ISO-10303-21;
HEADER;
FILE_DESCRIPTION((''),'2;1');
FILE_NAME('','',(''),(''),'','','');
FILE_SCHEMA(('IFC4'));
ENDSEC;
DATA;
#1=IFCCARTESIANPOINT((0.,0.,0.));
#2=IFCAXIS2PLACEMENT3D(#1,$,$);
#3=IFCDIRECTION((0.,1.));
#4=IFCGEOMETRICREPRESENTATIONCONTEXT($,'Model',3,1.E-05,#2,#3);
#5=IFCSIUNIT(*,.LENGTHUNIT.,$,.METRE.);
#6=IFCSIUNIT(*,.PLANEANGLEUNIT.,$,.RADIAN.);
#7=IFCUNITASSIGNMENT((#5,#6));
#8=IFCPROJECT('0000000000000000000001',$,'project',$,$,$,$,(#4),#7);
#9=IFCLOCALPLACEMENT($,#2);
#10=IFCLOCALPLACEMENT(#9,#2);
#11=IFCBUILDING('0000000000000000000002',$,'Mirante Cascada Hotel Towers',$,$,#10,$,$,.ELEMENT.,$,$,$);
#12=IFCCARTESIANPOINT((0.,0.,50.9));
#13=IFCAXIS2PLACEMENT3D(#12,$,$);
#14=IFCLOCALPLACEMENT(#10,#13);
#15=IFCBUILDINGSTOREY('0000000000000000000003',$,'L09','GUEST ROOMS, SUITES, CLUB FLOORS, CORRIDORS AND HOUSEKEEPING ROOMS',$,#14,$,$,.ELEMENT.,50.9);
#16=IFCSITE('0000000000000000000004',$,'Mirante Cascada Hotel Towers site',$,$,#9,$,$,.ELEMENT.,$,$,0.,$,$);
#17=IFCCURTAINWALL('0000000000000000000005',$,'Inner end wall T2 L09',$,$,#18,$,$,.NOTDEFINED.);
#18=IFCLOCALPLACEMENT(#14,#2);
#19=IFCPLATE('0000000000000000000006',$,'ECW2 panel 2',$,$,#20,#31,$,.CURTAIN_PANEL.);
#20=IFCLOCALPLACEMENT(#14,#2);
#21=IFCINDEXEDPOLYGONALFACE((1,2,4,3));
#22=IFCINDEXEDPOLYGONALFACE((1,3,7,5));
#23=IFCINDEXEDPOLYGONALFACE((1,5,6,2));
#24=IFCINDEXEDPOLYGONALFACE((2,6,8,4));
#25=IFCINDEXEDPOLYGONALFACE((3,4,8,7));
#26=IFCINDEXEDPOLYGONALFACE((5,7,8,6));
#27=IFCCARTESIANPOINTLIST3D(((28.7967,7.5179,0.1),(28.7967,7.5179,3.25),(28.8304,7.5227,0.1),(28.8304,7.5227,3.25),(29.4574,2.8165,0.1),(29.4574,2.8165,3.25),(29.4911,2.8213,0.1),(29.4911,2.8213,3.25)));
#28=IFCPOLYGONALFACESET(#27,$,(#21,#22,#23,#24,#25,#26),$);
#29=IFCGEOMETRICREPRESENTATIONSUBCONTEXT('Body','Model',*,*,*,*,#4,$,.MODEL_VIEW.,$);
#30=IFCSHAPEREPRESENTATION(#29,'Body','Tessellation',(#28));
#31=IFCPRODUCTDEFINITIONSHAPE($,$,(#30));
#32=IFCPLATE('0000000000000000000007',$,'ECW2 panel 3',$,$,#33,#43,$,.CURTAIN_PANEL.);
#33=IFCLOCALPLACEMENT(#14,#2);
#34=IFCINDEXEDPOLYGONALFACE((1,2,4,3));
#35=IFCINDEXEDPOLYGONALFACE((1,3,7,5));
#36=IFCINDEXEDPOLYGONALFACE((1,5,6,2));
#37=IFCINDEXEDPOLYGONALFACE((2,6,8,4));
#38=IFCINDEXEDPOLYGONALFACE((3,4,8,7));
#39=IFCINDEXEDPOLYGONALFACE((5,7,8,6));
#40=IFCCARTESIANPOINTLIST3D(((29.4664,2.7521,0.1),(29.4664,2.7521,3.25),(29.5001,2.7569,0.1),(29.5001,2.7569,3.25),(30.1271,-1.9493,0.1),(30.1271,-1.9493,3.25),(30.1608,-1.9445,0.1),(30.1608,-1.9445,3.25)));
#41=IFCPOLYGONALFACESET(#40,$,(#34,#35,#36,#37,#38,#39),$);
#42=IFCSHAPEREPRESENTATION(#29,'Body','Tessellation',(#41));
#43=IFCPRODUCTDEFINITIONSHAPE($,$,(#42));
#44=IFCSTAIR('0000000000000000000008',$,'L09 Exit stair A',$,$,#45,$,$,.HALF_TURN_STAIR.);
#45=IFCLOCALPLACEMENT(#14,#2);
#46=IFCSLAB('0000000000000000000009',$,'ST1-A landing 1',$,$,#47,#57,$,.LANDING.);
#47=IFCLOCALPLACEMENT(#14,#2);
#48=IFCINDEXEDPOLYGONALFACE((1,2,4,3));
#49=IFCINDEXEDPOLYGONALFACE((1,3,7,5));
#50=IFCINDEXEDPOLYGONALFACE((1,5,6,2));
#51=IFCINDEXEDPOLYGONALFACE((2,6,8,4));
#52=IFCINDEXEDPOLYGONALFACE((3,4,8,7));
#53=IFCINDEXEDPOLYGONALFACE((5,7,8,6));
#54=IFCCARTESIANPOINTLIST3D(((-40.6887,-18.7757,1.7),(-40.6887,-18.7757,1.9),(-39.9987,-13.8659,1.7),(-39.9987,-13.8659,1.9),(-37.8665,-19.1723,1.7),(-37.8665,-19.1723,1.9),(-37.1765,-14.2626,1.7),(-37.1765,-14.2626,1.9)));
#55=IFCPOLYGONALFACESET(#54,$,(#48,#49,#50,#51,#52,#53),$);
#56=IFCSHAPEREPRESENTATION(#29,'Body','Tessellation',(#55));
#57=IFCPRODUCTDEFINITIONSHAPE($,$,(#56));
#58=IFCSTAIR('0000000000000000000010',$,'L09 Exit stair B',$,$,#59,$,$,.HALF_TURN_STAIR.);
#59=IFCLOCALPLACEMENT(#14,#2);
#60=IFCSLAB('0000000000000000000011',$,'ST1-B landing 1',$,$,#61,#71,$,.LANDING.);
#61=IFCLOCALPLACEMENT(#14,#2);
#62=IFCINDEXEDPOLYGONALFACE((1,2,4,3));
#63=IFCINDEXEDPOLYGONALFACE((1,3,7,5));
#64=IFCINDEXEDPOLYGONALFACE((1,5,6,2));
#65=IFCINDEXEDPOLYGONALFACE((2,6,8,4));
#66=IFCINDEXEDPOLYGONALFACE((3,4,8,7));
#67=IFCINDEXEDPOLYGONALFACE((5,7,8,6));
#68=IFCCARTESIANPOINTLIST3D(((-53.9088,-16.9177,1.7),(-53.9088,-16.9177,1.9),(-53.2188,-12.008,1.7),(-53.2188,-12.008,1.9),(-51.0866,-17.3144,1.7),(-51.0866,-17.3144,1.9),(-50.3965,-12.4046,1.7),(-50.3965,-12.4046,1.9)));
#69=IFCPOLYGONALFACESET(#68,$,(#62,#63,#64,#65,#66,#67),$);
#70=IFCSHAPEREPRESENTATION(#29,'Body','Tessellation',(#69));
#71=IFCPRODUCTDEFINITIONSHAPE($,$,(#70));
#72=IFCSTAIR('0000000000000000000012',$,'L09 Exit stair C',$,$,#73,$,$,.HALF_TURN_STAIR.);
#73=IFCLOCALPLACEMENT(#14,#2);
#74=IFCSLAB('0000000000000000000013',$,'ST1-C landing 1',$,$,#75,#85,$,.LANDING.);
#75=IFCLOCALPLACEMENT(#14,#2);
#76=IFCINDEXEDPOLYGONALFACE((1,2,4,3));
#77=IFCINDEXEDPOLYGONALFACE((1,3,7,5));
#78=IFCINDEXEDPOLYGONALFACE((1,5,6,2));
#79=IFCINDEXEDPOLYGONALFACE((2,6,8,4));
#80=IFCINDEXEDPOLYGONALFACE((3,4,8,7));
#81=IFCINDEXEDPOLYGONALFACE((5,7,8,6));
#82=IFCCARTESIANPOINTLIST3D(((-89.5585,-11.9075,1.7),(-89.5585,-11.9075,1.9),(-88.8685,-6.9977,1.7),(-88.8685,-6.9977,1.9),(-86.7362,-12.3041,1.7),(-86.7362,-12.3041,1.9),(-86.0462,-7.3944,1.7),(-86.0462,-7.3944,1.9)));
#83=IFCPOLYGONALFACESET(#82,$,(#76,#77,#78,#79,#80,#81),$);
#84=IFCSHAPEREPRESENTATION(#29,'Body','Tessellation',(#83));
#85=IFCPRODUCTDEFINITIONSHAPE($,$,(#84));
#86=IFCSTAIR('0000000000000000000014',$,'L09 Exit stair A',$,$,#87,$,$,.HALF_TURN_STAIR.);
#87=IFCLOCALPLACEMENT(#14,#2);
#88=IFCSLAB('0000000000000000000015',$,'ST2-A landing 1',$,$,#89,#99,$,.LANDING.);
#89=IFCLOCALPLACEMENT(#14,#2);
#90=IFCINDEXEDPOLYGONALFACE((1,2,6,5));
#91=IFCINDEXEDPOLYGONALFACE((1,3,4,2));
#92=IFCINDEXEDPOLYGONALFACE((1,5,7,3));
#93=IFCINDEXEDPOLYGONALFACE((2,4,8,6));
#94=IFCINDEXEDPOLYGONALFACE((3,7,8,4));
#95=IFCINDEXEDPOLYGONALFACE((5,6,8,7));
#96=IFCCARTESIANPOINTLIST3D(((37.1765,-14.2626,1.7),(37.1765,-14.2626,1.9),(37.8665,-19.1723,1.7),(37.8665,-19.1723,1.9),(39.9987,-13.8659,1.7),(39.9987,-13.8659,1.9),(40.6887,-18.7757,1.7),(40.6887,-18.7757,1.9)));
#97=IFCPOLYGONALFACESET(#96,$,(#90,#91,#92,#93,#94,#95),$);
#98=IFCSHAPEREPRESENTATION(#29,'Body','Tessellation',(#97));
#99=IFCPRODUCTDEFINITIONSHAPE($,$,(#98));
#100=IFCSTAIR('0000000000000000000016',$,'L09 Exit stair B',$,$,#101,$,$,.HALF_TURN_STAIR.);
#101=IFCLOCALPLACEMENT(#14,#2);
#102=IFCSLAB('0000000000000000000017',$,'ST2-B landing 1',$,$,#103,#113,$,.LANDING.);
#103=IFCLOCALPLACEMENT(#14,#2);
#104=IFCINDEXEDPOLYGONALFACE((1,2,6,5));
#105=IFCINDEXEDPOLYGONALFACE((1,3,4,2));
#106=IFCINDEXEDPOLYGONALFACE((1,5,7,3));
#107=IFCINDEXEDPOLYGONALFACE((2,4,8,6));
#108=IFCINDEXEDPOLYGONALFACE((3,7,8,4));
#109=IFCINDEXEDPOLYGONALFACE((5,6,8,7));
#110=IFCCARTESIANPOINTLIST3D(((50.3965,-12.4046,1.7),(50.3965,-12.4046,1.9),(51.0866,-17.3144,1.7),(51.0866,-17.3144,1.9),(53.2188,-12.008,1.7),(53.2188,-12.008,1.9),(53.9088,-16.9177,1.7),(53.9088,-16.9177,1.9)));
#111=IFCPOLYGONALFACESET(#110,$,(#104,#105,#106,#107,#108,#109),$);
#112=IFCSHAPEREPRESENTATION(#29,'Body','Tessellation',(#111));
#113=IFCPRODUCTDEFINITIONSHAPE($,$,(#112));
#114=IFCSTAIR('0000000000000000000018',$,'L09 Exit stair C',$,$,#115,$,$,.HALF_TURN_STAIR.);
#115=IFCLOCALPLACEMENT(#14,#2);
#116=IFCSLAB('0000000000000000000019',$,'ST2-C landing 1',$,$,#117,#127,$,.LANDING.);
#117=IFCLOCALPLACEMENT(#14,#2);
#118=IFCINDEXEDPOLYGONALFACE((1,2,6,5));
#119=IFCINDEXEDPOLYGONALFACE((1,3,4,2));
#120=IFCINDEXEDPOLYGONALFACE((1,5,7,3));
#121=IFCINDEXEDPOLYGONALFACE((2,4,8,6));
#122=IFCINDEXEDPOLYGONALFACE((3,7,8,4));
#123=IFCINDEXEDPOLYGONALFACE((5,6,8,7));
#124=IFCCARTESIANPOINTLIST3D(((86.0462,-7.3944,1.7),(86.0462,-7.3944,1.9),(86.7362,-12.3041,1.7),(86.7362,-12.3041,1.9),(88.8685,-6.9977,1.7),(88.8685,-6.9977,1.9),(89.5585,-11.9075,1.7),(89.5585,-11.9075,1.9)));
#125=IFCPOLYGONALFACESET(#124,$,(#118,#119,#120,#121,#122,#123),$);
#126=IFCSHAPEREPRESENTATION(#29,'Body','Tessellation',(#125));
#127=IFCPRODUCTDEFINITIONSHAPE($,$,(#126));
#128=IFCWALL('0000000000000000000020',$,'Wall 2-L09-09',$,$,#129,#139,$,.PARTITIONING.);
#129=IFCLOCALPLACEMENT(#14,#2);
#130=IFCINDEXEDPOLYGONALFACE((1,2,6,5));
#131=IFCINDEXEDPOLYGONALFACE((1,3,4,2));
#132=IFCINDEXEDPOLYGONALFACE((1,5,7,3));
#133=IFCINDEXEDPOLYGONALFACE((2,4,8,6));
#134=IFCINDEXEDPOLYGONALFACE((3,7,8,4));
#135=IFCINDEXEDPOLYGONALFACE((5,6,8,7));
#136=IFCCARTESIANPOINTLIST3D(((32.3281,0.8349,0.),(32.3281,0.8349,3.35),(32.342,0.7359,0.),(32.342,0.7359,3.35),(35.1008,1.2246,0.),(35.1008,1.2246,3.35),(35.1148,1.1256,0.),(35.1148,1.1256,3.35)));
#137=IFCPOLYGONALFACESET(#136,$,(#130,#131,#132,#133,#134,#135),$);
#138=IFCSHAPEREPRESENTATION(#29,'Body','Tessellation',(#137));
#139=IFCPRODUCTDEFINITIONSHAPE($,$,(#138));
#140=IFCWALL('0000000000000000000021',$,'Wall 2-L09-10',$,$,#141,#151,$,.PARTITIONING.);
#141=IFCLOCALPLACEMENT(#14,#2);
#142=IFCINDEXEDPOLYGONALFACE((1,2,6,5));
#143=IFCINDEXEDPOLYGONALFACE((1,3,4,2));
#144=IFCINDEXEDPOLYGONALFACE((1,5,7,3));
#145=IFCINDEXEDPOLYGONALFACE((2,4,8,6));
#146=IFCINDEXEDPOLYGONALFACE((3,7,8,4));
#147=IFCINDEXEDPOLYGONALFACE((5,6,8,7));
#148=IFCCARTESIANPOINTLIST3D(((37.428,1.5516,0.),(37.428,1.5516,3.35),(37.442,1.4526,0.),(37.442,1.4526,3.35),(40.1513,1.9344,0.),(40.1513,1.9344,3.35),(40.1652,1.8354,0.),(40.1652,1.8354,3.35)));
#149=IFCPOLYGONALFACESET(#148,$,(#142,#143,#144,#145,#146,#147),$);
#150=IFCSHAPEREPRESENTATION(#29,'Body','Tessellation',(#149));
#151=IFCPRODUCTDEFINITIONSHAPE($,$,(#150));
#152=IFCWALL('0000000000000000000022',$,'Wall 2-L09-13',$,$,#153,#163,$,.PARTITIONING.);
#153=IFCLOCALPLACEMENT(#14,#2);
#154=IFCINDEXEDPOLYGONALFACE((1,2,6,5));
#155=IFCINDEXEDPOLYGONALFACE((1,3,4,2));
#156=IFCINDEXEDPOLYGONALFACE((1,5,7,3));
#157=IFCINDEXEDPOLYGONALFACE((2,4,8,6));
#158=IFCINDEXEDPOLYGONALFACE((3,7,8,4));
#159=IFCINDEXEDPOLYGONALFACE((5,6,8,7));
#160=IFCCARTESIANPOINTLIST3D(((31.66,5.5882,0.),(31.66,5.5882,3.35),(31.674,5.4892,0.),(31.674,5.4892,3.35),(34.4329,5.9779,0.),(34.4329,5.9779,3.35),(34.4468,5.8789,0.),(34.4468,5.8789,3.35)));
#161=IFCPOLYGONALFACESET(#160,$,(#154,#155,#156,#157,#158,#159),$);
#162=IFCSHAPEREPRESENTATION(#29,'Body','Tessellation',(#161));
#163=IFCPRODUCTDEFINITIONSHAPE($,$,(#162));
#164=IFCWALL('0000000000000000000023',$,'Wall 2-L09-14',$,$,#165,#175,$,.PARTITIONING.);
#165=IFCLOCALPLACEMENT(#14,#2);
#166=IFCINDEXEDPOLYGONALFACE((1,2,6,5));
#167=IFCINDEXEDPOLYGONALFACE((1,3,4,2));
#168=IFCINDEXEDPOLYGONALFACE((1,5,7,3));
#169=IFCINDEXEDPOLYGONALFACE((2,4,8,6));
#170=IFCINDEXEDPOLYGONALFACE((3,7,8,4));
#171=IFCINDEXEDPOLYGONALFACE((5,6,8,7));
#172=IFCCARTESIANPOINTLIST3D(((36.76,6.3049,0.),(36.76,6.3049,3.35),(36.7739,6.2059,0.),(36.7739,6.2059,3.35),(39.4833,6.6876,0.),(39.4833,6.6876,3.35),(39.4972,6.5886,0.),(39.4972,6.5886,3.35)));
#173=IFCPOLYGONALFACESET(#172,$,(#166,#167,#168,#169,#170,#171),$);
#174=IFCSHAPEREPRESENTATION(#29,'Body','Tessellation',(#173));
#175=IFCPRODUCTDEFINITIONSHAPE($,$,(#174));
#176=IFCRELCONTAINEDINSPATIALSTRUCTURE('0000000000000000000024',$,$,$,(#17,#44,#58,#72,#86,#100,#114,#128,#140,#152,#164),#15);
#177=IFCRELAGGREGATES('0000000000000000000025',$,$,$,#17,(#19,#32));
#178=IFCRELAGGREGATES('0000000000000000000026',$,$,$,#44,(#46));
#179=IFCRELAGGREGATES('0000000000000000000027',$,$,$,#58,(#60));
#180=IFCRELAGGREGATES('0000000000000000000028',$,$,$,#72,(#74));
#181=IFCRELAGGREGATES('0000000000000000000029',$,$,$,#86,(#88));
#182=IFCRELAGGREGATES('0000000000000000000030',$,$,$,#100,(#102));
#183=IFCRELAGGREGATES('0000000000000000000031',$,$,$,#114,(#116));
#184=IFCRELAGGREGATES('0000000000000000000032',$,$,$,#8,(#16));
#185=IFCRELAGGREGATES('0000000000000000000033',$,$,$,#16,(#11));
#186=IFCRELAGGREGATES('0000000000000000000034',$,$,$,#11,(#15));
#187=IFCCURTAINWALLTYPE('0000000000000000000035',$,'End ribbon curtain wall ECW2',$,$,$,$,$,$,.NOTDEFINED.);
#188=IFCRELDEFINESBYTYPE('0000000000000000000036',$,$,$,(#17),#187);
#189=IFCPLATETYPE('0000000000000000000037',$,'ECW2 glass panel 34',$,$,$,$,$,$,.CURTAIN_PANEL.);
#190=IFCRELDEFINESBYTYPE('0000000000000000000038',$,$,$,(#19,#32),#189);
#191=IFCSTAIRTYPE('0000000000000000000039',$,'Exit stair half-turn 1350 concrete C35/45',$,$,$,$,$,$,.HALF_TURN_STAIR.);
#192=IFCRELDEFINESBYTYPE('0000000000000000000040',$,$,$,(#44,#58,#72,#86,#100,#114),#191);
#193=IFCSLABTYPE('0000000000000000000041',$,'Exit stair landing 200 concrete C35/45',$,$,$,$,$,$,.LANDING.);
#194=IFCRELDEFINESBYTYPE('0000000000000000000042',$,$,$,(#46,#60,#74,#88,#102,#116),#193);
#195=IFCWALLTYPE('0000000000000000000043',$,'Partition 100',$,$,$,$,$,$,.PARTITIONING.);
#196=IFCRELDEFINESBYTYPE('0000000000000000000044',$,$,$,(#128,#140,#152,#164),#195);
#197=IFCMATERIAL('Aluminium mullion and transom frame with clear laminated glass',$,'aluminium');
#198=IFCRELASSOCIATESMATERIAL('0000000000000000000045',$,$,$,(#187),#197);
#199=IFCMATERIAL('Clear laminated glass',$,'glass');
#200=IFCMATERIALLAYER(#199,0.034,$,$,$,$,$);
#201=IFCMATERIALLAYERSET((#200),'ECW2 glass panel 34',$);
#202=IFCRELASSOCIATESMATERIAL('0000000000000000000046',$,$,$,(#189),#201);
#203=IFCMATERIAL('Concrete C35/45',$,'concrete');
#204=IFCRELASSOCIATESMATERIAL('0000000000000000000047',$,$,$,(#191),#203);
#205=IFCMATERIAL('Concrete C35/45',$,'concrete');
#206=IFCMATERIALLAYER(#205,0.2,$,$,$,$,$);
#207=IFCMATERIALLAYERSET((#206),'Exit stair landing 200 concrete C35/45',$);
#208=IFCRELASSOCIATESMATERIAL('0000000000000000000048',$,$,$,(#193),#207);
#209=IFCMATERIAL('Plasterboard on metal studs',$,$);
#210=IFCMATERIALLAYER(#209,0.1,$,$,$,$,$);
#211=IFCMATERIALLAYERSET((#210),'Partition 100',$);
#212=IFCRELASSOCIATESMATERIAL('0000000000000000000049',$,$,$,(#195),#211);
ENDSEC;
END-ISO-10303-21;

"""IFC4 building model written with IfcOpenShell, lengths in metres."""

from ifc_helpers import new_model, si_unit, direction, frame, frame_2d, origin, origin_2d, place, context, subcontext, project, spatial, polyline, rectangle, outline, extrude, material, layer, layer_set, type_object, element, aggregate, save


model = new_model("IFC4")

# Units and contexts
model_context = context("Model", 3, precision=1e-05, world=origin(), true_north=direction((0.0, 1.0)))
body_context = subcontext(model_context, "Body", "Model", "MODEL_VIEW")
ifc_project = project(units=[si_unit("LENGTHUNIT", "METRE"), si_unit("PLANEANGLEUNIT", "RADIAN")], contexts=[model_context])

# Site, building, storey
site_placement = place(None, origin())
site = spatial("IfcSite", under=ifc_project, at=site_placement, Name="Mirante Cascada Hotel Towers site", CompositionType="ELEMENT", RefElevation=0.0)
building_placement = place(site_placement, origin())
building = spatial("IfcBuilding", under=site, at=building_placement, Name="Mirante Cascada Hotel Towers", CompositionType="ELEMENT")
storey_placement = place(building_placement, frame((0.0, 0.0, 50.9)))
storey = spatial("IfcBuildingStorey", under=building, at=storey_placement, Name="L09", Description="GUEST ROOMS, SUITES, CLUB FLOORS, CORRIDORS AND HOUSEKEEPING ROOMS", CompositionType="ELEMENT", Elevation=50.9)

# Curtain wall
ifc_material_1 = material(Name="Aluminium mullion and transom frame with clear laminated glass", Category="aluminium")
curtain_wall_type_1 = type_object("IfcCurtainWallType", Name="End ribbon curtain wall ECW2", PredefinedType="NOTDEFINED", material=ifc_material_1)
curtain_wall_1_placement = place(storey_placement, origin())
curtain_wall_1 = element("IfcCurtainWall", 1, at=curtain_wall_1_placement, inside=storey, type_object=curtain_wall_type_1, Name="Inner end wall T2 L09", PredefinedType="NOTDEFINED")

# Plates
ifc_material_2 = material(Name="Clear laminated glass", Category="glass")
ifc_layer_1 = layer(ifc_material_2, 0.034)
ifc_layer_set_1 = layer_set([ifc_layer_1], Name="ECW2 glass panel 34")
plate_type_1 = type_object("IfcPlateType", Name="ECW2 glass panel 34", PredefinedType="CURTAIN_PANEL", material=ifc_layer_set_1)
plate_1_placement = place(storey_placement, frame((29.1439, 5.1696, 0.1), z_axis=(0.0, 0.0, 1.0), x_axis=(0.139173, -0.990268, 0.0)))
plate_1 = element("IfcPlate", 2, at=plate_1_placement, type_object=plate_type_1, Name="ECW2 panel 2", PredefinedType="CURTAIN_PANEL", context=body_context, shape_type="SweptSolid", body=[
    extrude(rectangle(XDim=4.7476, YDim=0.034, at=origin_2d()), origin(), (0.0, 0.0, 1.0), 3.15),
])
plate_2_placement = place(storey_placement, frame((29.8136, 0.4038, 0.1), z_axis=(0.0, 0.0, 1.0), x_axis=(0.139173, -0.990268, 0.0)))
plate_2 = element("IfcPlate", 3, at=plate_2_placement, type_object=plate_type_1, Name="ECW2 panel 3", PredefinedType="CURTAIN_PANEL", context=body_context, shape_type="SweptSolid", body=[
    extrude(rectangle(XDim=4.7476, YDim=0.034, at=origin_2d()), origin(), (0.0, 0.0, 1.0), 3.15),
])
aggregate(curtain_wall_1, [plate_1, plate_2])

# Stairs, slabs
ifc_material_3 = material(Name="Concrete C35/45", Category="concrete")
stair_type = type_object("IfcStairType", Name="Exit stair half-turn 1350 concrete C35/45", PredefinedType="HALF_TURN_STAIR", material=ifc_material_3)
stair_1_placement = place(storey_placement, origin())
stair_1 = element("IfcStair", 4, at=stair_1_placement, inside=storey, type_object=stair_type, Name="L09 Exit stair A", PredefinedType="HALF_TURN_STAIR")
ifc_material_4 = material(Name="Concrete C35/45", Category="concrete")
ifc_layer_2 = layer(ifc_material_4, 0.2)
ifc_layer_set_2 = layer_set([ifc_layer_2], Name="Exit stair landing 200 concrete C35/45")
slab_type = type_object("IfcSlabType", Name="Exit stair landing 200 concrete C35/45", PredefinedType="LANDING", material=ifc_layer_set_2)
slab_1_placement = place(storey_placement, frame((0.0, 0.0, 1.7)))
slab_1 = element("IfcSlab", 5, at=slab_1_placement, type_object=slab_type, Name="ST1-A landing 1", PredefinedType="LANDING", context=body_context, shape_type="SweptSolid", body=[
    extrude(outline(polyline([(-39.9987, -13.8659), (-40.6887, -18.7757), (-37.8665, -19.1723), (-37.1765, -14.2626), (-39.9987, -13.8659)])), origin(), (0.0, 0.0, 1.0), 0.2),
])
aggregate(stair_1, [slab_1])
stair_2_placement = place(storey_placement, origin())
stair_2 = element("IfcStair", 6, at=stair_2_placement, inside=storey, type_object=stair_type, Name="L09 Exit stair B", PredefinedType="HALF_TURN_STAIR")
slab_2_placement = place(storey_placement, frame((0.0, 0.0, 1.7)))
slab_2 = element("IfcSlab", 7, at=slab_2_placement, type_object=slab_type, Name="ST1-B landing 1", PredefinedType="LANDING", context=body_context, shape_type="SweptSolid", body=[
    extrude(outline(polyline([(-53.2188, -12.008), (-53.9088, -16.9177), (-51.0866, -17.3144), (-50.3965, -12.4046), (-53.2188, -12.008)])), origin(), (0.0, 0.0, 1.0), 0.2),
])
aggregate(stair_2, [slab_2])
stair_3_placement = place(storey_placement, origin())
stair_3 = element("IfcStair", 8, at=stair_3_placement, inside=storey, type_object=stair_type, Name="L09 Exit stair C", PredefinedType="HALF_TURN_STAIR")
slab_3_placement = place(storey_placement, frame((0.0, 0.0, 1.7)))
slab_3 = element("IfcSlab", 9, at=slab_3_placement, type_object=slab_type, Name="ST1-C landing 1", PredefinedType="LANDING", context=body_context, shape_type="SweptSolid", body=[
    extrude(outline(polyline([(-88.8685, -6.9977), (-89.5585, -11.9075), (-86.7362, -12.3041), (-86.0462, -7.3944), (-88.8685, -6.9977)])), origin(), (0.0, 0.0, 1.0), 0.2),
])
aggregate(stair_3, [slab_3])
stair_4_placement = place(storey_placement, origin())
stair_4 = element("IfcStair", 10, at=stair_4_placement, inside=storey, type_object=stair_type, Name="L09 Exit stair A", PredefinedType="HALF_TURN_STAIR")
slab_4_placement = place(storey_placement, frame((0.0, 0.0, 1.7)))
slab_4 = element("IfcSlab", 11, at=slab_4_placement, type_object=slab_type, Name="ST2-A landing 1", PredefinedType="LANDING", context=body_context, shape_type="SweptSolid", body=[
    extrude(outline(polyline([(37.1765, -14.2626), (37.8665, -19.1723), (40.6887, -18.7757), (39.9987, -13.8659), (37.1765, -14.2626)])), origin(), (0.0, 0.0, 1.0), 0.2),
])
aggregate(stair_4, [slab_4])
stair_5_placement = place(storey_placement, origin())
stair_5 = element("IfcStair", 12, at=stair_5_placement, inside=storey, type_object=stair_type, Name="L09 Exit stair B", PredefinedType="HALF_TURN_STAIR")
slab_5_placement = place(storey_placement, frame((0.0, 0.0, 1.7)))
slab_5 = element("IfcSlab", 13, at=slab_5_placement, type_object=slab_type, Name="ST2-B landing 1", PredefinedType="LANDING", context=body_context, shape_type="SweptSolid", body=[
    extrude(outline(polyline([(50.3965, -12.4046), (51.0866, -17.3144), (53.9088, -16.9177), (53.2188, -12.008), (50.3965, -12.4046)])), origin(), (0.0, 0.0, 1.0), 0.2),
])
aggregate(stair_5, [slab_5])
stair_6_placement = place(storey_placement, origin())
stair_6 = element("IfcStair", 14, at=stair_6_placement, inside=storey, type_object=stair_type, Name="L09 Exit stair C", PredefinedType="HALF_TURN_STAIR")
slab_6_placement = place(storey_placement, frame((0.0, 0.0, 1.7)))
slab_6 = element("IfcSlab", 15, at=slab_6_placement, type_object=slab_type, Name="ST2-C landing 1", PredefinedType="LANDING", context=body_context, shape_type="SweptSolid", body=[
    extrude(outline(polyline([(86.0462, -7.3944), (86.7362, -12.3041), (89.5585, -11.9075), (88.8685, -6.9977), (86.0462, -7.3944)])), origin(), (0.0, 0.0, 1.0), 0.2),
])
aggregate(stair_6, [slab_6])

# Walls
ifc_material_5 = material(Name="Plasterboard on metal studs")
ifc_layer_3 = layer(ifc_material_5, 0.1)
ifc_layer_set_3 = layer_set([ifc_layer_3], Name="Partition 100")
wall_type_1 = type_object("IfcWallType", Name="Partition 100", PredefinedType="PARTITIONING", material=ifc_layer_set_3)
wall_1_placement = place(storey_placement, frame((35.1078, 1.1751, 0.0), z_axis=(0.0, 0.0, 1.0), x_axis=(-0.990267, -0.139181, 0.0)))
element("IfcWall", 16, at=wall_1_placement, inside=storey, type_object=wall_type_1, Name="Wall 2-L09-09", PredefinedType="PARTITIONING", context=body_context, shape_type="SweptSolid", body=[
    extrude(rectangle(XDim=2.8, YDim=0.1, at=frame_2d((1.4, 0.0))), origin(), (0.0, 0.0, 1.0), 3.35),
])
wall_2_placement = place(storey_placement, frame((37.435, 1.5021, 0.0), z_axis=(0.0, 0.0, 1.0), x_axis=(0.990264, 0.139201, 0.0)))
element("IfcWall", 17, at=wall_2_placement, inside=storey, type_object=wall_type_1, Name="Wall 2-L09-10", PredefinedType="PARTITIONING", context=body_context, shape_type="SweptSolid", body=[
    extrude(rectangle(XDim=2.75, YDim=0.1, at=frame_2d((1.375, 0.0))), origin(), (0.0, 0.0, 1.0), 3.35),
])
wall_3_placement = place(storey_placement, frame((34.4398, 5.9284, 0.0), z_axis=(0.0, 0.0, 1.0), x_axis=(-0.990268, -0.139176, 0.0)))
element("IfcWall", 18, at=wall_3_placement, inside=storey, type_object=wall_type_1, Name="Wall 2-L09-13", PredefinedType="PARTITIONING", context=body_context, shape_type="SweptSolid", body=[
    extrude(rectangle(XDim=2.8001, YDim=0.1, at=frame_2d((1.4, 0.0))), origin(), (0.0, 0.0, 1.0), 3.35),
])
wall_4_placement = place(storey_placement, frame((36.7669, 6.2554, 0.0), z_axis=(0.0, 0.0, 1.0), x_axis=(0.99027, 0.139161, 0.0)))
element("IfcWall", 19, at=wall_4_placement, inside=storey, type_object=wall_type_1, Name="Wall 2-L09-14", PredefinedType="PARTITIONING", context=body_context, shape_type="SweptSolid", body=[
    extrude(rectangle(XDim=2.7501, YDim=0.1, at=frame_2d((1.3751, 0.0))), origin(), (0.0, 0.0, 1.0), 3.35),
])

save(model, "model.ifc")
